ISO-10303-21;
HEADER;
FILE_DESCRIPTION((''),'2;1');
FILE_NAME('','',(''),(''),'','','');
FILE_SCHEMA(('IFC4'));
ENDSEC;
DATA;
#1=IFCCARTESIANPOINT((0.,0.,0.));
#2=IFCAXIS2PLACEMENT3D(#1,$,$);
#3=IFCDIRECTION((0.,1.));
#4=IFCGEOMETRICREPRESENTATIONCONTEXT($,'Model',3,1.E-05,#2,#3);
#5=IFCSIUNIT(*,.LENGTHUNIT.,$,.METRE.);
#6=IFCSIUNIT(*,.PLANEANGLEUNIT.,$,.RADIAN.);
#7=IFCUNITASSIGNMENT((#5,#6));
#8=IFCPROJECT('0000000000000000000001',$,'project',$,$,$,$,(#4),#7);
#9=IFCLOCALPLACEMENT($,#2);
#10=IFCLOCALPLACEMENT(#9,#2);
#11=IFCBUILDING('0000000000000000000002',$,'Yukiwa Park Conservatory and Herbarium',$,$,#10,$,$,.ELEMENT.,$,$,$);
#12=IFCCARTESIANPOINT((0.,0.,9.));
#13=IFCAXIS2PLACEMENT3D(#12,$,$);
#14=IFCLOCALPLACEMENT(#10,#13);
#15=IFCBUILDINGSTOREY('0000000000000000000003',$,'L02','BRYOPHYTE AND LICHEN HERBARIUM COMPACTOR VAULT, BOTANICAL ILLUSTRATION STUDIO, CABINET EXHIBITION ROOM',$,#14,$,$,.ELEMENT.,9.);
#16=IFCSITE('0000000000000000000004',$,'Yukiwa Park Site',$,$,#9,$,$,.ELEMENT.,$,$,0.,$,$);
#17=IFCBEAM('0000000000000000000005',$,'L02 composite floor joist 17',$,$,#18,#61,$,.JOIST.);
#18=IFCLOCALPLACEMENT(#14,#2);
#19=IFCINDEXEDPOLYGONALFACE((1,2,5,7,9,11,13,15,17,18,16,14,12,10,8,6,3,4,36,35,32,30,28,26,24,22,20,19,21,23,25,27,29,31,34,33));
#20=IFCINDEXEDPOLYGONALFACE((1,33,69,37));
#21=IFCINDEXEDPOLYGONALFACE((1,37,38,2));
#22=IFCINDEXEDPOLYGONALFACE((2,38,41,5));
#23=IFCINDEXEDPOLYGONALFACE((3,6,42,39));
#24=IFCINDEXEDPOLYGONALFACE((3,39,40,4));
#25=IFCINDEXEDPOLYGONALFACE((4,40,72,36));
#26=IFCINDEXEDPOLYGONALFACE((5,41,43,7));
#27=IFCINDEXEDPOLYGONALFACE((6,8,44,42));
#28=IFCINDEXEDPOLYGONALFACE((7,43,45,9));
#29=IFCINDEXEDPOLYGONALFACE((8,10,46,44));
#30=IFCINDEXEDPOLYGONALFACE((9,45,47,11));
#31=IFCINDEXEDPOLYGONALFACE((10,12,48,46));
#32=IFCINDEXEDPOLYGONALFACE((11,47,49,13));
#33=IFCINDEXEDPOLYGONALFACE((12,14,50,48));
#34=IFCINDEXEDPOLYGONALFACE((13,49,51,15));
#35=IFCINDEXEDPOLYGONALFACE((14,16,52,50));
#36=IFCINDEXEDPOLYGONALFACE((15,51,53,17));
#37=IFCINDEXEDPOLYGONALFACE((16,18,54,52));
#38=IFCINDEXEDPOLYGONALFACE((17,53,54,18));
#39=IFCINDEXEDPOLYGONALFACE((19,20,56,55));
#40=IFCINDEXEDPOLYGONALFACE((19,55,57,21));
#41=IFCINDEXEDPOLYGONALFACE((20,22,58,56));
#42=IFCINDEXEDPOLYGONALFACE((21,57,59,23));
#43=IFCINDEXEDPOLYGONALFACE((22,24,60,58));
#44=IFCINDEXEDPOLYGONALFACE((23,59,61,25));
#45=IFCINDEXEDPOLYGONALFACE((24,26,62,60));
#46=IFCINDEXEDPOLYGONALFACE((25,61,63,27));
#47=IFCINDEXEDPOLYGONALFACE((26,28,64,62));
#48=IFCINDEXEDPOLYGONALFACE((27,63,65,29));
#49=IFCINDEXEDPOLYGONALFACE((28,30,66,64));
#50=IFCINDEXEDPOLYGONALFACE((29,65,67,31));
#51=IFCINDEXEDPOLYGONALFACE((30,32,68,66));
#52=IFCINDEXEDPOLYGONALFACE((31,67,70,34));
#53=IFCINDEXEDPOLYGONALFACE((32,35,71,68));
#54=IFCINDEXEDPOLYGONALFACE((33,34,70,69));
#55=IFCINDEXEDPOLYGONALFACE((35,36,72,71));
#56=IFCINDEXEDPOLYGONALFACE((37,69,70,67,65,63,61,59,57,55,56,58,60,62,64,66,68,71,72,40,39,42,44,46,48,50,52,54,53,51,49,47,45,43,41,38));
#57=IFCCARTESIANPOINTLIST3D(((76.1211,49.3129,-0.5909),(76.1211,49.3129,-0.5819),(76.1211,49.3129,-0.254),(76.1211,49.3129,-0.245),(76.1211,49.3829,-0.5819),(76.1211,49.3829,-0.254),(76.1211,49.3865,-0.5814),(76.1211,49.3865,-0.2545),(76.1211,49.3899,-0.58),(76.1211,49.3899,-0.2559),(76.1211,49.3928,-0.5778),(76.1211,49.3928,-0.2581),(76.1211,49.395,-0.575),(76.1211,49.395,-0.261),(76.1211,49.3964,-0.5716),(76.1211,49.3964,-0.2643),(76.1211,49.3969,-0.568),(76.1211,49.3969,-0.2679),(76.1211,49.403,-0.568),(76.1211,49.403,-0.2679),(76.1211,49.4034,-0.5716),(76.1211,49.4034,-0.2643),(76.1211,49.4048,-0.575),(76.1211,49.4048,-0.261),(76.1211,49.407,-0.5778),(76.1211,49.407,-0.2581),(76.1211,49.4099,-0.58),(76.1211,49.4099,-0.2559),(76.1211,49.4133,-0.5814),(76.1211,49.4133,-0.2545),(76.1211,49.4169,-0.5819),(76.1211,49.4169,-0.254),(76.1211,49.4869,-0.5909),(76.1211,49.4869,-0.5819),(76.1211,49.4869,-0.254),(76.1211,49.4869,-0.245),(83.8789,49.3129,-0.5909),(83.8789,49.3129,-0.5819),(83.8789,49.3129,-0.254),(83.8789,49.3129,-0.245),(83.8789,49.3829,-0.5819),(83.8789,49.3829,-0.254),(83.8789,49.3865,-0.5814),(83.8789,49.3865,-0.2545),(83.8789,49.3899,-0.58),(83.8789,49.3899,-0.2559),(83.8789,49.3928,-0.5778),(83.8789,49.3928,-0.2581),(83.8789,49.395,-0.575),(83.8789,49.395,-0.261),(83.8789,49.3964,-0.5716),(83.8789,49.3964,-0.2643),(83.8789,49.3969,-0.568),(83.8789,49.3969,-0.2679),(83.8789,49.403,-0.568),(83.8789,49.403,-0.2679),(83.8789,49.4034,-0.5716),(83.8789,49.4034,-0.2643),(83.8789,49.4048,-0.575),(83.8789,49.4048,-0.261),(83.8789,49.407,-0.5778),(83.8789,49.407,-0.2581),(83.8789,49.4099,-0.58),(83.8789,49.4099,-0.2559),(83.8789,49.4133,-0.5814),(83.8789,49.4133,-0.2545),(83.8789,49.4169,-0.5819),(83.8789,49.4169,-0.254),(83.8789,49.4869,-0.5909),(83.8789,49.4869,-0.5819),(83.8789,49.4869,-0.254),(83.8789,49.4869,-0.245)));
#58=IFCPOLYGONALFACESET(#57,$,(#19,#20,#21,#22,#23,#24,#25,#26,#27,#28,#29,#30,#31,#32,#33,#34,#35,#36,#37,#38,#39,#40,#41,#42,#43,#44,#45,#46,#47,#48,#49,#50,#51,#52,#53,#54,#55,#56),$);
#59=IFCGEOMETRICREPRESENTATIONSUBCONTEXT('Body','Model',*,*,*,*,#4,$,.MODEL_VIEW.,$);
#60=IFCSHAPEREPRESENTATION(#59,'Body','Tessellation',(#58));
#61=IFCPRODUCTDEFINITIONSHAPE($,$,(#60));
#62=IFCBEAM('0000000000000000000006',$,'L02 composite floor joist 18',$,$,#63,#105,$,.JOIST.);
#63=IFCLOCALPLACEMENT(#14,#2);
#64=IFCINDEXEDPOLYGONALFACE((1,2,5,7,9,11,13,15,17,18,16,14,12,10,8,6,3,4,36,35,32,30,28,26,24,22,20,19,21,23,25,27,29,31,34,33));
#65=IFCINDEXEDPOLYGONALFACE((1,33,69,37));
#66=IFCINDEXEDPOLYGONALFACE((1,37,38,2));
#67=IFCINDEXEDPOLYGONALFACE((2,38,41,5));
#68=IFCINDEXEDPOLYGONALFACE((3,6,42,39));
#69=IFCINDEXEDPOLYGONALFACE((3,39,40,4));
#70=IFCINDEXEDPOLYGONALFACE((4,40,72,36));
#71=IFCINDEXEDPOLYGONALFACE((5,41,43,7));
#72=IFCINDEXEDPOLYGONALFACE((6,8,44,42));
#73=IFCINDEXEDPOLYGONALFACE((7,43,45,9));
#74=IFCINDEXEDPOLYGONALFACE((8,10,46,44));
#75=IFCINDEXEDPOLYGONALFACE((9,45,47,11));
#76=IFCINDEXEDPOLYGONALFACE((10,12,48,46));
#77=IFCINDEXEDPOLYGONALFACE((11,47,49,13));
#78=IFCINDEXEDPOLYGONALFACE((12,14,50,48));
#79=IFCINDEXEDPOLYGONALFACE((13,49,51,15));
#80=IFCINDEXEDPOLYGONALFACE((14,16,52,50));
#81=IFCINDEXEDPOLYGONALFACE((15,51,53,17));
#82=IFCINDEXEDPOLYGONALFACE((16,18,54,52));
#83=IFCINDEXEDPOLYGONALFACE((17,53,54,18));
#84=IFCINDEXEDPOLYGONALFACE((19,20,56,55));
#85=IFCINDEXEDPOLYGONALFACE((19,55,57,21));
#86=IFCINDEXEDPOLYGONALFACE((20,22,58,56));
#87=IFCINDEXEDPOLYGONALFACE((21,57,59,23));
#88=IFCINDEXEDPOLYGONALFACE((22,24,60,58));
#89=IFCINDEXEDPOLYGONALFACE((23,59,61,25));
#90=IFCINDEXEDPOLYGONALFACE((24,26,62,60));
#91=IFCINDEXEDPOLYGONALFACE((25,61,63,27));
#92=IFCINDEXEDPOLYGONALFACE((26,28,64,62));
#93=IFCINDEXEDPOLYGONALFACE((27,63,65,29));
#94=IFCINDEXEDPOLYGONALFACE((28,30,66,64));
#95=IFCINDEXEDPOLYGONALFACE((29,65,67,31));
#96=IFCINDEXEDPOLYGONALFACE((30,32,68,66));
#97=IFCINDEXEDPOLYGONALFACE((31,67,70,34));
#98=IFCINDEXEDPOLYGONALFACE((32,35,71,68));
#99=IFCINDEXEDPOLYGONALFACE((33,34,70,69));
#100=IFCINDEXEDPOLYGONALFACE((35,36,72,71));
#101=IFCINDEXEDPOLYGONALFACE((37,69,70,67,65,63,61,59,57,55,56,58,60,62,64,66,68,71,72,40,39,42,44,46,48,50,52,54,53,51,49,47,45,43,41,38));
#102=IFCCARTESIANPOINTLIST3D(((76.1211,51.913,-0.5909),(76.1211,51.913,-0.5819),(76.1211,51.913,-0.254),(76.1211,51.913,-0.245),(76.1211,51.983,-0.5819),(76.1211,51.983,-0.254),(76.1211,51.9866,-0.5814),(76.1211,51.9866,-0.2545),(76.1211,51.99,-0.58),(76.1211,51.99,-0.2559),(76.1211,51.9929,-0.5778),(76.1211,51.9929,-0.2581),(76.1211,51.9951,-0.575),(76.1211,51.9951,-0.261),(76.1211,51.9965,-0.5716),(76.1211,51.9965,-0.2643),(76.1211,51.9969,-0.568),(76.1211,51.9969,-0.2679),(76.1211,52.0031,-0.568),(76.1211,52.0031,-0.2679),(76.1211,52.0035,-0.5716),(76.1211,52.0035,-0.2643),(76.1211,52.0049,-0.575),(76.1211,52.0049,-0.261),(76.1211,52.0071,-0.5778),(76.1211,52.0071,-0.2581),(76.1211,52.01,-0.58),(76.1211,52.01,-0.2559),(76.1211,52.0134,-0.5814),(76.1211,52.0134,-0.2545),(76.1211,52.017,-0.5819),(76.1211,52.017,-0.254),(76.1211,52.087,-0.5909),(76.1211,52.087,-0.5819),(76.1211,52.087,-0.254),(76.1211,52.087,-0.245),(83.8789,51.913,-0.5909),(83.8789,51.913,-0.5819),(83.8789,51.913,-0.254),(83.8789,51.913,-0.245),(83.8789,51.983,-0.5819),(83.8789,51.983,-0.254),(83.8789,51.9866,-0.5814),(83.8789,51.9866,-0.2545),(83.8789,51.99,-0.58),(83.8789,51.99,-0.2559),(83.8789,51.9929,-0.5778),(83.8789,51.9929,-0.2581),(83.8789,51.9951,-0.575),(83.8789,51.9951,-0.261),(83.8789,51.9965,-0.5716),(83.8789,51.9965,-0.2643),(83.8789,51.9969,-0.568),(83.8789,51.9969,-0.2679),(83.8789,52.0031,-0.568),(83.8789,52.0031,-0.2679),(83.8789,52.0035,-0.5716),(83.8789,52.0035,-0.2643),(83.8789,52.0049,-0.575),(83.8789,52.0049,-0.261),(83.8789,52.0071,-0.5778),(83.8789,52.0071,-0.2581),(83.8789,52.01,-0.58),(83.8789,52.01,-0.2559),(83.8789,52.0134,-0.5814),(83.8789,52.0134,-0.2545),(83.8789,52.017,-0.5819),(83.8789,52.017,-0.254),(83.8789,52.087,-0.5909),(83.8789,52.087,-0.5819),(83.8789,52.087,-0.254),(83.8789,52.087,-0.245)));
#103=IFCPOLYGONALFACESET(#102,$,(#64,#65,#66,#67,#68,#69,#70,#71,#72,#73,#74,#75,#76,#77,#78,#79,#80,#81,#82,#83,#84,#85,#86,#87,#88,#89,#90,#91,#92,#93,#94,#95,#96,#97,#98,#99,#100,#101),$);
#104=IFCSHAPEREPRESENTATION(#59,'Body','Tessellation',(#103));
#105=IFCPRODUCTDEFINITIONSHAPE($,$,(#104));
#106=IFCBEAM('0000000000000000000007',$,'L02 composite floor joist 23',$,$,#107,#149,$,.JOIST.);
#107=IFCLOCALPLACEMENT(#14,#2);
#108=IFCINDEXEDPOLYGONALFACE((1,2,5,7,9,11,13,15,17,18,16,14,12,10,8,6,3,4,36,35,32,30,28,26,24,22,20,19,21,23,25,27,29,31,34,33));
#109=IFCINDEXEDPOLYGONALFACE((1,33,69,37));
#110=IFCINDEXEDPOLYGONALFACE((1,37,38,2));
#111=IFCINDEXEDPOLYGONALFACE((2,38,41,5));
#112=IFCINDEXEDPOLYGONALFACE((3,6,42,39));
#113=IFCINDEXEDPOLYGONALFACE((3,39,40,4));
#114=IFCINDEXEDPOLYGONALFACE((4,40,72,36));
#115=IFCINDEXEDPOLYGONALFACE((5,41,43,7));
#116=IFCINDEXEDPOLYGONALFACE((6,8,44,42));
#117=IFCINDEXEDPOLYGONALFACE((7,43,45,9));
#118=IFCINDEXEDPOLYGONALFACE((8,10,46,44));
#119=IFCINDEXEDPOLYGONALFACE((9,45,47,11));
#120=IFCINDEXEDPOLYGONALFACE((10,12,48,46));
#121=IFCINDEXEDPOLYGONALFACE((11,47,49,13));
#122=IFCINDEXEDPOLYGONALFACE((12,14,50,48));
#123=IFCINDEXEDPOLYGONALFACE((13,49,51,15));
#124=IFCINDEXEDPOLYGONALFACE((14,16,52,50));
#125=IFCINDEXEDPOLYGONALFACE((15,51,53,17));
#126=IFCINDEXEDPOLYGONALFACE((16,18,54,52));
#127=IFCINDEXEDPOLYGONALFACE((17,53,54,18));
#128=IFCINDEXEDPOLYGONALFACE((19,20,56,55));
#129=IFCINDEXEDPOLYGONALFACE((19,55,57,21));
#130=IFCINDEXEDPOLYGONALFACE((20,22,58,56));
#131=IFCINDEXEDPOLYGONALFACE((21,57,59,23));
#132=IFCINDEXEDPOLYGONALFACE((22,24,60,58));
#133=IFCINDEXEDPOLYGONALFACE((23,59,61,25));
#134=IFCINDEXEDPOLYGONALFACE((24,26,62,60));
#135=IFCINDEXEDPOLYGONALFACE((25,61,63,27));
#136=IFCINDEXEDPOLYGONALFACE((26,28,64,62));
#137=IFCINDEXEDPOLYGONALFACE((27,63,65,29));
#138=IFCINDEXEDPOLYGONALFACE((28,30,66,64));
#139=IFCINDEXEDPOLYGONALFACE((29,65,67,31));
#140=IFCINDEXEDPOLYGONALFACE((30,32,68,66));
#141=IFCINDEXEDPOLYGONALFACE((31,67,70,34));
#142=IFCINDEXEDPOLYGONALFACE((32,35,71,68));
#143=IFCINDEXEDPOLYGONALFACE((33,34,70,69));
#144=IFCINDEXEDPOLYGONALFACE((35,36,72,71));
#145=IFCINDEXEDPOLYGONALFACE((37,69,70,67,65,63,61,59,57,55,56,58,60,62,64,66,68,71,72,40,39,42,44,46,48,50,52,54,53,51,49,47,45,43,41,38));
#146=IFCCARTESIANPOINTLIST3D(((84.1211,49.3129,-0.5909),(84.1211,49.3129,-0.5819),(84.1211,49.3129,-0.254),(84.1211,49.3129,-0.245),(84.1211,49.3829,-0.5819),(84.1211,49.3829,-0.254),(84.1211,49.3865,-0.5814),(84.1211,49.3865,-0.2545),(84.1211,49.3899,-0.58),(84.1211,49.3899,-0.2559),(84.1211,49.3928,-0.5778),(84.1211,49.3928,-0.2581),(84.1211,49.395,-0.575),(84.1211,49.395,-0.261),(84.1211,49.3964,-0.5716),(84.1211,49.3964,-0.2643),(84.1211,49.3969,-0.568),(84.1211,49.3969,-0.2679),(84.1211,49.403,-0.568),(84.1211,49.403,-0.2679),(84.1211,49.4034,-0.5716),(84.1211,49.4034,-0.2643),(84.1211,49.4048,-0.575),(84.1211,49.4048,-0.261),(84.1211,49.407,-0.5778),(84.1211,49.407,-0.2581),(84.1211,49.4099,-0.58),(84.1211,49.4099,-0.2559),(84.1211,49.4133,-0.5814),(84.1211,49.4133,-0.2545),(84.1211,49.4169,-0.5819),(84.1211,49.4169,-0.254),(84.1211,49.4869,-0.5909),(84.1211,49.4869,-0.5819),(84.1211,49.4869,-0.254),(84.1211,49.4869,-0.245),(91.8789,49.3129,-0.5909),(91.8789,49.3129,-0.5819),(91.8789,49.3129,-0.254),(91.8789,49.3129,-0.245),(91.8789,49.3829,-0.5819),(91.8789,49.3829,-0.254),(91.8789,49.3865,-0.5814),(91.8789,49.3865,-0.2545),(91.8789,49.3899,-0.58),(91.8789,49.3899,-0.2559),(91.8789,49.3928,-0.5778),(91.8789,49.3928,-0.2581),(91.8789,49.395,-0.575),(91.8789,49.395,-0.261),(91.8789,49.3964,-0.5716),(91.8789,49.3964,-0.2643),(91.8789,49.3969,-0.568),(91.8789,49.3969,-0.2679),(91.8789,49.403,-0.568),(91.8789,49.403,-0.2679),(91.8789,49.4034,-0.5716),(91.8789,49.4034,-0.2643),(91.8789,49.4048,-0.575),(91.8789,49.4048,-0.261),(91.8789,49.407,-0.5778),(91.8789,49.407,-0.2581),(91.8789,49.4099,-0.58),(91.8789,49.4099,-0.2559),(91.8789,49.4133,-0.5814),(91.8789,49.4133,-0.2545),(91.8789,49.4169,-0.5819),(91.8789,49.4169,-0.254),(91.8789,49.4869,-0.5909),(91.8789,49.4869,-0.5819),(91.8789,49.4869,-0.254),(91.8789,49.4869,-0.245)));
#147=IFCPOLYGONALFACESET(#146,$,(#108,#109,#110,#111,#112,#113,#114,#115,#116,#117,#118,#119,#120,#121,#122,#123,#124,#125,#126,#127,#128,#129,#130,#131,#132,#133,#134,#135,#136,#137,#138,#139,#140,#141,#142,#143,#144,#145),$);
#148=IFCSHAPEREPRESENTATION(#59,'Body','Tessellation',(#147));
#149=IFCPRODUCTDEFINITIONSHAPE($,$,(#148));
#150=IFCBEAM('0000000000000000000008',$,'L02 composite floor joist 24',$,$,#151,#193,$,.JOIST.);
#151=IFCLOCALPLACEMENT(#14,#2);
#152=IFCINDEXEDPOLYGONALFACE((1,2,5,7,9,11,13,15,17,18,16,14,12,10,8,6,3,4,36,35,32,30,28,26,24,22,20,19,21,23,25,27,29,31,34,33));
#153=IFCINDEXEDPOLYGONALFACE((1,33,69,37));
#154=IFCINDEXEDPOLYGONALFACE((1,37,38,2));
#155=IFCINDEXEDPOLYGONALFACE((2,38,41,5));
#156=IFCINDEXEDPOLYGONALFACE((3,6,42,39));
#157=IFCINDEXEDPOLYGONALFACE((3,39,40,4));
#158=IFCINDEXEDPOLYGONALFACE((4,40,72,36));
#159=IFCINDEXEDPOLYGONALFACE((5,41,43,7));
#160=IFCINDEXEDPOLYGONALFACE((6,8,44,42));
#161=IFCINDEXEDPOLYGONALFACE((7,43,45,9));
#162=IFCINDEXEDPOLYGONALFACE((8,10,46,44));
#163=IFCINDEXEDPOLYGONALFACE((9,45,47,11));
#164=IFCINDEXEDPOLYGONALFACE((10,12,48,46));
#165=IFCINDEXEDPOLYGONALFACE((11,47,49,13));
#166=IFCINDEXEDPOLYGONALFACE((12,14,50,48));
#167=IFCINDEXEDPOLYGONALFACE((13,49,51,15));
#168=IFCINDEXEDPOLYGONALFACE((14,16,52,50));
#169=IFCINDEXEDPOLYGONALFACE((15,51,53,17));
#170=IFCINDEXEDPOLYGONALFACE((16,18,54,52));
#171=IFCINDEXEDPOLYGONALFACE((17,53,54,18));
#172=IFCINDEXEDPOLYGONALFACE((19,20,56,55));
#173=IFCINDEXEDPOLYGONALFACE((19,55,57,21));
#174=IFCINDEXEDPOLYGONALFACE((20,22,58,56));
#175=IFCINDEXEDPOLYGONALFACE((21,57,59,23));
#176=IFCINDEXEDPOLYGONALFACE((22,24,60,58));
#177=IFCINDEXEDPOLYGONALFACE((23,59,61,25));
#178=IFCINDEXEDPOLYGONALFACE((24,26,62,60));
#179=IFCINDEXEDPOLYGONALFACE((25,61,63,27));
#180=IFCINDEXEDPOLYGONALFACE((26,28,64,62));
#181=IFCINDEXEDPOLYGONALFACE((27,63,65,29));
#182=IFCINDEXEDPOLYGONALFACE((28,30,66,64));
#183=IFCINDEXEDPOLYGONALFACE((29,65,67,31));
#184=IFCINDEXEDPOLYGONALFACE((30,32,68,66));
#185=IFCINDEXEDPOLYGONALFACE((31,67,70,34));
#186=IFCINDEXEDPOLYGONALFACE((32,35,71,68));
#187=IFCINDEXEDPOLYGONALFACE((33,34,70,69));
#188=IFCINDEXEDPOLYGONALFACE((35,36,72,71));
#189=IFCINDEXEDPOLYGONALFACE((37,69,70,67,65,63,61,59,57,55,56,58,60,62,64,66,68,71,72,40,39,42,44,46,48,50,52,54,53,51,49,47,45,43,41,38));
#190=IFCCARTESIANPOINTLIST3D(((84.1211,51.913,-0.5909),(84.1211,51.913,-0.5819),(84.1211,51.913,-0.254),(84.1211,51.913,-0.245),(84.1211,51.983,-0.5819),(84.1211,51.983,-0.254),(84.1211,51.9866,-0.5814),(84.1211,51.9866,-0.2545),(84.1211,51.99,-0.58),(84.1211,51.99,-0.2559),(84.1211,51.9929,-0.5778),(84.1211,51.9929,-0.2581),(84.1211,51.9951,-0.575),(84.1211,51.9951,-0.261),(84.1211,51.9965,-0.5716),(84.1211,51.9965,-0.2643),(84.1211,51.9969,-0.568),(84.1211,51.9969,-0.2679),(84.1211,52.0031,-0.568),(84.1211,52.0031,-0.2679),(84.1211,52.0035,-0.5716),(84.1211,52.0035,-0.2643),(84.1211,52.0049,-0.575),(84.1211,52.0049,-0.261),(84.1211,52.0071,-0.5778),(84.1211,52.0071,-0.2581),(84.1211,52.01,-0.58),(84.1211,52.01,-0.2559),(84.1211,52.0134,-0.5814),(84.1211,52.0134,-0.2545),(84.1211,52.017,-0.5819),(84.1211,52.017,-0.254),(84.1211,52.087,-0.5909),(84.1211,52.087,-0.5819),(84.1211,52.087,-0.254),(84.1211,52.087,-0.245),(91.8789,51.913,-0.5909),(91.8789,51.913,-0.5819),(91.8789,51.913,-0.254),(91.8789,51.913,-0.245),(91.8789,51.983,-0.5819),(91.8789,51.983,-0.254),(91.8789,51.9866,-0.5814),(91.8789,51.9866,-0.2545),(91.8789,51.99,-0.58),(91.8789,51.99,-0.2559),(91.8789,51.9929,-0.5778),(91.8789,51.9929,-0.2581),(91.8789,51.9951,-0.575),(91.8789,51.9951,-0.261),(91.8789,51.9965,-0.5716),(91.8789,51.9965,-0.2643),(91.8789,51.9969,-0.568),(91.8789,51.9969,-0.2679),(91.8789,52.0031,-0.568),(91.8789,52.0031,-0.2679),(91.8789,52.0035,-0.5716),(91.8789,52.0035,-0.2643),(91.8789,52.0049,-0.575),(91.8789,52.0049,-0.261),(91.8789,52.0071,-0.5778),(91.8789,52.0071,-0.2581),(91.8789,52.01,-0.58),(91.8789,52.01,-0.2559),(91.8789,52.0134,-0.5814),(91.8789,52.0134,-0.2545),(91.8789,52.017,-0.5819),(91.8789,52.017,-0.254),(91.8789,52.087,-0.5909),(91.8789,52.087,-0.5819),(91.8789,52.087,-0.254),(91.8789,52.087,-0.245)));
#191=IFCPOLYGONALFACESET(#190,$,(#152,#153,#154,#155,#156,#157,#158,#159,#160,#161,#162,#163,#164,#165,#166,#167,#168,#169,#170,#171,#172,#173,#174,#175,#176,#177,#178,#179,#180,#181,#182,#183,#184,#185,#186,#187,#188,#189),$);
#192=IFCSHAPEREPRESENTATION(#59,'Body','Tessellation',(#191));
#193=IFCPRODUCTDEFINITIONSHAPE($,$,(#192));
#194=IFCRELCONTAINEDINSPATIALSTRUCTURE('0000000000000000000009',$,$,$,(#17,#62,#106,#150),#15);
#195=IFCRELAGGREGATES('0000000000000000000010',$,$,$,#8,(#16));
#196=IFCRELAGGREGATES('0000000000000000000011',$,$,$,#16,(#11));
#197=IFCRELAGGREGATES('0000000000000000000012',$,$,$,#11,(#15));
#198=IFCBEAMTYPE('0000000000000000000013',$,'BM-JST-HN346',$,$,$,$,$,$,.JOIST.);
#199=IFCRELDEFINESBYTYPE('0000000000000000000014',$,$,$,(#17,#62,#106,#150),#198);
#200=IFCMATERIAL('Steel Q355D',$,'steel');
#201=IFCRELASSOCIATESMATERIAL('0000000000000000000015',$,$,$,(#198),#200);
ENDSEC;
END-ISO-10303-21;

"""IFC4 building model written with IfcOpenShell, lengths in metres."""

from ifc_helpers import new_model, si_unit, direction, frame, origin, origin_2d, place, context, subcontext, project, spatial, i_section, extrude, material, material_profile, profile_set, type_object, element, save


model = new_model("IFC4")

# Units and contexts
model_context = context("Model", 3, precision=1e-05, world=origin(), true_north=direction((0.0, 1.0)))
body_context = subcontext(model_context, "Body", "Model", "MODEL_VIEW")
ifc_project = project(units=[si_unit("LENGTHUNIT", "METRE"), si_unit("PLANEANGLEUNIT", "RADIAN")], contexts=[model_context])

# Site, building, storey
site_placement = place(None, origin())
site = spatial("IfcSite", under=ifc_project, at=site_placement, Name="Yukiwa Park Site", CompositionType="ELEMENT", RefElevation=0.0)
building_placement = place(site_placement, origin())
building = spatial("IfcBuilding", under=site, at=building_placement, Name="Yukiwa Park Conservatory and Herbarium", CompositionType="ELEMENT")
storey_placement = place(building_placement, frame((0.0, 0.0, 9.0)))
storey = spatial("IfcBuildingStorey", under=building, at=storey_placement, Name="L02", Description="BRYOPHYTE AND LICHEN HERBARIUM COMPACTOR VAULT, BOTANICAL ILLUSTRATION STUDIO, CABINET EXHIBITION ROOM", CompositionType="ELEMENT", Elevation=9.0)

# Beams
ifc_material_1 = material(Name="Steel Q355D", Category="steel")
ifc_material_profile_1 = material_profile(ifc_material_1, i_section(OverallWidth=0.1741, OverallDepth=0.3459, WebThickness=0.0061, FlangeThickness=0.009, FilletRadius=0.0139, at=origin_2d()), Name="HN 346x174x6x9")
ifc_profile_set_1 = profile_set([ifc_material_profile_1], Name="Steel Q355D")
beam_type_1 = type_object("IfcBeamType", Name="BM-JST-HN346", PredefinedType="JOIST", material=ifc_profile_set_1)
for number, where, z_axis, x_axis, name in (
    (1, (76.1211, 49.3999, -0.418), (1.0, 0.0, 0.0), (0.0, 1.0, 0.0), "L02 composite floor joist 17"),
    (2, (76.1211, 52.0, -0.418), (1.0, 0.0, 0.0), (0.0, 1.0, 0.0), "L02 composite floor joist 18"),
    (3, (84.1211, 49.3999, -0.418), (1.0, 0.0, 0.0), (0.0, 1.0, 0.0), "L02 composite floor joist 23"),
    (4, (84.1211, 52.0, -0.418), (1.0, 0.0, 0.0), (0.0, 1.0, 0.0), "L02 composite floor joist 24"),
):
    element("IfcBeam", number, at=place(storey_placement, frame(where, z_axis=z_axis, x_axis=x_axis)), inside=storey, type_object=beam_type_1, Name=name, PredefinedType="JOIST", context=body_context, shape_type="SweptSolid", body=[
        extrude(i_section(OverallWidth=0.1741, OverallDepth=0.3459, WebThickness=0.0061, FlangeThickness=0.009, FilletRadius=0.0139, at=origin_2d()), origin(), (0.0, 0.0, 1.0), 7.7578),
    ])

save(model, "model.ifc")
